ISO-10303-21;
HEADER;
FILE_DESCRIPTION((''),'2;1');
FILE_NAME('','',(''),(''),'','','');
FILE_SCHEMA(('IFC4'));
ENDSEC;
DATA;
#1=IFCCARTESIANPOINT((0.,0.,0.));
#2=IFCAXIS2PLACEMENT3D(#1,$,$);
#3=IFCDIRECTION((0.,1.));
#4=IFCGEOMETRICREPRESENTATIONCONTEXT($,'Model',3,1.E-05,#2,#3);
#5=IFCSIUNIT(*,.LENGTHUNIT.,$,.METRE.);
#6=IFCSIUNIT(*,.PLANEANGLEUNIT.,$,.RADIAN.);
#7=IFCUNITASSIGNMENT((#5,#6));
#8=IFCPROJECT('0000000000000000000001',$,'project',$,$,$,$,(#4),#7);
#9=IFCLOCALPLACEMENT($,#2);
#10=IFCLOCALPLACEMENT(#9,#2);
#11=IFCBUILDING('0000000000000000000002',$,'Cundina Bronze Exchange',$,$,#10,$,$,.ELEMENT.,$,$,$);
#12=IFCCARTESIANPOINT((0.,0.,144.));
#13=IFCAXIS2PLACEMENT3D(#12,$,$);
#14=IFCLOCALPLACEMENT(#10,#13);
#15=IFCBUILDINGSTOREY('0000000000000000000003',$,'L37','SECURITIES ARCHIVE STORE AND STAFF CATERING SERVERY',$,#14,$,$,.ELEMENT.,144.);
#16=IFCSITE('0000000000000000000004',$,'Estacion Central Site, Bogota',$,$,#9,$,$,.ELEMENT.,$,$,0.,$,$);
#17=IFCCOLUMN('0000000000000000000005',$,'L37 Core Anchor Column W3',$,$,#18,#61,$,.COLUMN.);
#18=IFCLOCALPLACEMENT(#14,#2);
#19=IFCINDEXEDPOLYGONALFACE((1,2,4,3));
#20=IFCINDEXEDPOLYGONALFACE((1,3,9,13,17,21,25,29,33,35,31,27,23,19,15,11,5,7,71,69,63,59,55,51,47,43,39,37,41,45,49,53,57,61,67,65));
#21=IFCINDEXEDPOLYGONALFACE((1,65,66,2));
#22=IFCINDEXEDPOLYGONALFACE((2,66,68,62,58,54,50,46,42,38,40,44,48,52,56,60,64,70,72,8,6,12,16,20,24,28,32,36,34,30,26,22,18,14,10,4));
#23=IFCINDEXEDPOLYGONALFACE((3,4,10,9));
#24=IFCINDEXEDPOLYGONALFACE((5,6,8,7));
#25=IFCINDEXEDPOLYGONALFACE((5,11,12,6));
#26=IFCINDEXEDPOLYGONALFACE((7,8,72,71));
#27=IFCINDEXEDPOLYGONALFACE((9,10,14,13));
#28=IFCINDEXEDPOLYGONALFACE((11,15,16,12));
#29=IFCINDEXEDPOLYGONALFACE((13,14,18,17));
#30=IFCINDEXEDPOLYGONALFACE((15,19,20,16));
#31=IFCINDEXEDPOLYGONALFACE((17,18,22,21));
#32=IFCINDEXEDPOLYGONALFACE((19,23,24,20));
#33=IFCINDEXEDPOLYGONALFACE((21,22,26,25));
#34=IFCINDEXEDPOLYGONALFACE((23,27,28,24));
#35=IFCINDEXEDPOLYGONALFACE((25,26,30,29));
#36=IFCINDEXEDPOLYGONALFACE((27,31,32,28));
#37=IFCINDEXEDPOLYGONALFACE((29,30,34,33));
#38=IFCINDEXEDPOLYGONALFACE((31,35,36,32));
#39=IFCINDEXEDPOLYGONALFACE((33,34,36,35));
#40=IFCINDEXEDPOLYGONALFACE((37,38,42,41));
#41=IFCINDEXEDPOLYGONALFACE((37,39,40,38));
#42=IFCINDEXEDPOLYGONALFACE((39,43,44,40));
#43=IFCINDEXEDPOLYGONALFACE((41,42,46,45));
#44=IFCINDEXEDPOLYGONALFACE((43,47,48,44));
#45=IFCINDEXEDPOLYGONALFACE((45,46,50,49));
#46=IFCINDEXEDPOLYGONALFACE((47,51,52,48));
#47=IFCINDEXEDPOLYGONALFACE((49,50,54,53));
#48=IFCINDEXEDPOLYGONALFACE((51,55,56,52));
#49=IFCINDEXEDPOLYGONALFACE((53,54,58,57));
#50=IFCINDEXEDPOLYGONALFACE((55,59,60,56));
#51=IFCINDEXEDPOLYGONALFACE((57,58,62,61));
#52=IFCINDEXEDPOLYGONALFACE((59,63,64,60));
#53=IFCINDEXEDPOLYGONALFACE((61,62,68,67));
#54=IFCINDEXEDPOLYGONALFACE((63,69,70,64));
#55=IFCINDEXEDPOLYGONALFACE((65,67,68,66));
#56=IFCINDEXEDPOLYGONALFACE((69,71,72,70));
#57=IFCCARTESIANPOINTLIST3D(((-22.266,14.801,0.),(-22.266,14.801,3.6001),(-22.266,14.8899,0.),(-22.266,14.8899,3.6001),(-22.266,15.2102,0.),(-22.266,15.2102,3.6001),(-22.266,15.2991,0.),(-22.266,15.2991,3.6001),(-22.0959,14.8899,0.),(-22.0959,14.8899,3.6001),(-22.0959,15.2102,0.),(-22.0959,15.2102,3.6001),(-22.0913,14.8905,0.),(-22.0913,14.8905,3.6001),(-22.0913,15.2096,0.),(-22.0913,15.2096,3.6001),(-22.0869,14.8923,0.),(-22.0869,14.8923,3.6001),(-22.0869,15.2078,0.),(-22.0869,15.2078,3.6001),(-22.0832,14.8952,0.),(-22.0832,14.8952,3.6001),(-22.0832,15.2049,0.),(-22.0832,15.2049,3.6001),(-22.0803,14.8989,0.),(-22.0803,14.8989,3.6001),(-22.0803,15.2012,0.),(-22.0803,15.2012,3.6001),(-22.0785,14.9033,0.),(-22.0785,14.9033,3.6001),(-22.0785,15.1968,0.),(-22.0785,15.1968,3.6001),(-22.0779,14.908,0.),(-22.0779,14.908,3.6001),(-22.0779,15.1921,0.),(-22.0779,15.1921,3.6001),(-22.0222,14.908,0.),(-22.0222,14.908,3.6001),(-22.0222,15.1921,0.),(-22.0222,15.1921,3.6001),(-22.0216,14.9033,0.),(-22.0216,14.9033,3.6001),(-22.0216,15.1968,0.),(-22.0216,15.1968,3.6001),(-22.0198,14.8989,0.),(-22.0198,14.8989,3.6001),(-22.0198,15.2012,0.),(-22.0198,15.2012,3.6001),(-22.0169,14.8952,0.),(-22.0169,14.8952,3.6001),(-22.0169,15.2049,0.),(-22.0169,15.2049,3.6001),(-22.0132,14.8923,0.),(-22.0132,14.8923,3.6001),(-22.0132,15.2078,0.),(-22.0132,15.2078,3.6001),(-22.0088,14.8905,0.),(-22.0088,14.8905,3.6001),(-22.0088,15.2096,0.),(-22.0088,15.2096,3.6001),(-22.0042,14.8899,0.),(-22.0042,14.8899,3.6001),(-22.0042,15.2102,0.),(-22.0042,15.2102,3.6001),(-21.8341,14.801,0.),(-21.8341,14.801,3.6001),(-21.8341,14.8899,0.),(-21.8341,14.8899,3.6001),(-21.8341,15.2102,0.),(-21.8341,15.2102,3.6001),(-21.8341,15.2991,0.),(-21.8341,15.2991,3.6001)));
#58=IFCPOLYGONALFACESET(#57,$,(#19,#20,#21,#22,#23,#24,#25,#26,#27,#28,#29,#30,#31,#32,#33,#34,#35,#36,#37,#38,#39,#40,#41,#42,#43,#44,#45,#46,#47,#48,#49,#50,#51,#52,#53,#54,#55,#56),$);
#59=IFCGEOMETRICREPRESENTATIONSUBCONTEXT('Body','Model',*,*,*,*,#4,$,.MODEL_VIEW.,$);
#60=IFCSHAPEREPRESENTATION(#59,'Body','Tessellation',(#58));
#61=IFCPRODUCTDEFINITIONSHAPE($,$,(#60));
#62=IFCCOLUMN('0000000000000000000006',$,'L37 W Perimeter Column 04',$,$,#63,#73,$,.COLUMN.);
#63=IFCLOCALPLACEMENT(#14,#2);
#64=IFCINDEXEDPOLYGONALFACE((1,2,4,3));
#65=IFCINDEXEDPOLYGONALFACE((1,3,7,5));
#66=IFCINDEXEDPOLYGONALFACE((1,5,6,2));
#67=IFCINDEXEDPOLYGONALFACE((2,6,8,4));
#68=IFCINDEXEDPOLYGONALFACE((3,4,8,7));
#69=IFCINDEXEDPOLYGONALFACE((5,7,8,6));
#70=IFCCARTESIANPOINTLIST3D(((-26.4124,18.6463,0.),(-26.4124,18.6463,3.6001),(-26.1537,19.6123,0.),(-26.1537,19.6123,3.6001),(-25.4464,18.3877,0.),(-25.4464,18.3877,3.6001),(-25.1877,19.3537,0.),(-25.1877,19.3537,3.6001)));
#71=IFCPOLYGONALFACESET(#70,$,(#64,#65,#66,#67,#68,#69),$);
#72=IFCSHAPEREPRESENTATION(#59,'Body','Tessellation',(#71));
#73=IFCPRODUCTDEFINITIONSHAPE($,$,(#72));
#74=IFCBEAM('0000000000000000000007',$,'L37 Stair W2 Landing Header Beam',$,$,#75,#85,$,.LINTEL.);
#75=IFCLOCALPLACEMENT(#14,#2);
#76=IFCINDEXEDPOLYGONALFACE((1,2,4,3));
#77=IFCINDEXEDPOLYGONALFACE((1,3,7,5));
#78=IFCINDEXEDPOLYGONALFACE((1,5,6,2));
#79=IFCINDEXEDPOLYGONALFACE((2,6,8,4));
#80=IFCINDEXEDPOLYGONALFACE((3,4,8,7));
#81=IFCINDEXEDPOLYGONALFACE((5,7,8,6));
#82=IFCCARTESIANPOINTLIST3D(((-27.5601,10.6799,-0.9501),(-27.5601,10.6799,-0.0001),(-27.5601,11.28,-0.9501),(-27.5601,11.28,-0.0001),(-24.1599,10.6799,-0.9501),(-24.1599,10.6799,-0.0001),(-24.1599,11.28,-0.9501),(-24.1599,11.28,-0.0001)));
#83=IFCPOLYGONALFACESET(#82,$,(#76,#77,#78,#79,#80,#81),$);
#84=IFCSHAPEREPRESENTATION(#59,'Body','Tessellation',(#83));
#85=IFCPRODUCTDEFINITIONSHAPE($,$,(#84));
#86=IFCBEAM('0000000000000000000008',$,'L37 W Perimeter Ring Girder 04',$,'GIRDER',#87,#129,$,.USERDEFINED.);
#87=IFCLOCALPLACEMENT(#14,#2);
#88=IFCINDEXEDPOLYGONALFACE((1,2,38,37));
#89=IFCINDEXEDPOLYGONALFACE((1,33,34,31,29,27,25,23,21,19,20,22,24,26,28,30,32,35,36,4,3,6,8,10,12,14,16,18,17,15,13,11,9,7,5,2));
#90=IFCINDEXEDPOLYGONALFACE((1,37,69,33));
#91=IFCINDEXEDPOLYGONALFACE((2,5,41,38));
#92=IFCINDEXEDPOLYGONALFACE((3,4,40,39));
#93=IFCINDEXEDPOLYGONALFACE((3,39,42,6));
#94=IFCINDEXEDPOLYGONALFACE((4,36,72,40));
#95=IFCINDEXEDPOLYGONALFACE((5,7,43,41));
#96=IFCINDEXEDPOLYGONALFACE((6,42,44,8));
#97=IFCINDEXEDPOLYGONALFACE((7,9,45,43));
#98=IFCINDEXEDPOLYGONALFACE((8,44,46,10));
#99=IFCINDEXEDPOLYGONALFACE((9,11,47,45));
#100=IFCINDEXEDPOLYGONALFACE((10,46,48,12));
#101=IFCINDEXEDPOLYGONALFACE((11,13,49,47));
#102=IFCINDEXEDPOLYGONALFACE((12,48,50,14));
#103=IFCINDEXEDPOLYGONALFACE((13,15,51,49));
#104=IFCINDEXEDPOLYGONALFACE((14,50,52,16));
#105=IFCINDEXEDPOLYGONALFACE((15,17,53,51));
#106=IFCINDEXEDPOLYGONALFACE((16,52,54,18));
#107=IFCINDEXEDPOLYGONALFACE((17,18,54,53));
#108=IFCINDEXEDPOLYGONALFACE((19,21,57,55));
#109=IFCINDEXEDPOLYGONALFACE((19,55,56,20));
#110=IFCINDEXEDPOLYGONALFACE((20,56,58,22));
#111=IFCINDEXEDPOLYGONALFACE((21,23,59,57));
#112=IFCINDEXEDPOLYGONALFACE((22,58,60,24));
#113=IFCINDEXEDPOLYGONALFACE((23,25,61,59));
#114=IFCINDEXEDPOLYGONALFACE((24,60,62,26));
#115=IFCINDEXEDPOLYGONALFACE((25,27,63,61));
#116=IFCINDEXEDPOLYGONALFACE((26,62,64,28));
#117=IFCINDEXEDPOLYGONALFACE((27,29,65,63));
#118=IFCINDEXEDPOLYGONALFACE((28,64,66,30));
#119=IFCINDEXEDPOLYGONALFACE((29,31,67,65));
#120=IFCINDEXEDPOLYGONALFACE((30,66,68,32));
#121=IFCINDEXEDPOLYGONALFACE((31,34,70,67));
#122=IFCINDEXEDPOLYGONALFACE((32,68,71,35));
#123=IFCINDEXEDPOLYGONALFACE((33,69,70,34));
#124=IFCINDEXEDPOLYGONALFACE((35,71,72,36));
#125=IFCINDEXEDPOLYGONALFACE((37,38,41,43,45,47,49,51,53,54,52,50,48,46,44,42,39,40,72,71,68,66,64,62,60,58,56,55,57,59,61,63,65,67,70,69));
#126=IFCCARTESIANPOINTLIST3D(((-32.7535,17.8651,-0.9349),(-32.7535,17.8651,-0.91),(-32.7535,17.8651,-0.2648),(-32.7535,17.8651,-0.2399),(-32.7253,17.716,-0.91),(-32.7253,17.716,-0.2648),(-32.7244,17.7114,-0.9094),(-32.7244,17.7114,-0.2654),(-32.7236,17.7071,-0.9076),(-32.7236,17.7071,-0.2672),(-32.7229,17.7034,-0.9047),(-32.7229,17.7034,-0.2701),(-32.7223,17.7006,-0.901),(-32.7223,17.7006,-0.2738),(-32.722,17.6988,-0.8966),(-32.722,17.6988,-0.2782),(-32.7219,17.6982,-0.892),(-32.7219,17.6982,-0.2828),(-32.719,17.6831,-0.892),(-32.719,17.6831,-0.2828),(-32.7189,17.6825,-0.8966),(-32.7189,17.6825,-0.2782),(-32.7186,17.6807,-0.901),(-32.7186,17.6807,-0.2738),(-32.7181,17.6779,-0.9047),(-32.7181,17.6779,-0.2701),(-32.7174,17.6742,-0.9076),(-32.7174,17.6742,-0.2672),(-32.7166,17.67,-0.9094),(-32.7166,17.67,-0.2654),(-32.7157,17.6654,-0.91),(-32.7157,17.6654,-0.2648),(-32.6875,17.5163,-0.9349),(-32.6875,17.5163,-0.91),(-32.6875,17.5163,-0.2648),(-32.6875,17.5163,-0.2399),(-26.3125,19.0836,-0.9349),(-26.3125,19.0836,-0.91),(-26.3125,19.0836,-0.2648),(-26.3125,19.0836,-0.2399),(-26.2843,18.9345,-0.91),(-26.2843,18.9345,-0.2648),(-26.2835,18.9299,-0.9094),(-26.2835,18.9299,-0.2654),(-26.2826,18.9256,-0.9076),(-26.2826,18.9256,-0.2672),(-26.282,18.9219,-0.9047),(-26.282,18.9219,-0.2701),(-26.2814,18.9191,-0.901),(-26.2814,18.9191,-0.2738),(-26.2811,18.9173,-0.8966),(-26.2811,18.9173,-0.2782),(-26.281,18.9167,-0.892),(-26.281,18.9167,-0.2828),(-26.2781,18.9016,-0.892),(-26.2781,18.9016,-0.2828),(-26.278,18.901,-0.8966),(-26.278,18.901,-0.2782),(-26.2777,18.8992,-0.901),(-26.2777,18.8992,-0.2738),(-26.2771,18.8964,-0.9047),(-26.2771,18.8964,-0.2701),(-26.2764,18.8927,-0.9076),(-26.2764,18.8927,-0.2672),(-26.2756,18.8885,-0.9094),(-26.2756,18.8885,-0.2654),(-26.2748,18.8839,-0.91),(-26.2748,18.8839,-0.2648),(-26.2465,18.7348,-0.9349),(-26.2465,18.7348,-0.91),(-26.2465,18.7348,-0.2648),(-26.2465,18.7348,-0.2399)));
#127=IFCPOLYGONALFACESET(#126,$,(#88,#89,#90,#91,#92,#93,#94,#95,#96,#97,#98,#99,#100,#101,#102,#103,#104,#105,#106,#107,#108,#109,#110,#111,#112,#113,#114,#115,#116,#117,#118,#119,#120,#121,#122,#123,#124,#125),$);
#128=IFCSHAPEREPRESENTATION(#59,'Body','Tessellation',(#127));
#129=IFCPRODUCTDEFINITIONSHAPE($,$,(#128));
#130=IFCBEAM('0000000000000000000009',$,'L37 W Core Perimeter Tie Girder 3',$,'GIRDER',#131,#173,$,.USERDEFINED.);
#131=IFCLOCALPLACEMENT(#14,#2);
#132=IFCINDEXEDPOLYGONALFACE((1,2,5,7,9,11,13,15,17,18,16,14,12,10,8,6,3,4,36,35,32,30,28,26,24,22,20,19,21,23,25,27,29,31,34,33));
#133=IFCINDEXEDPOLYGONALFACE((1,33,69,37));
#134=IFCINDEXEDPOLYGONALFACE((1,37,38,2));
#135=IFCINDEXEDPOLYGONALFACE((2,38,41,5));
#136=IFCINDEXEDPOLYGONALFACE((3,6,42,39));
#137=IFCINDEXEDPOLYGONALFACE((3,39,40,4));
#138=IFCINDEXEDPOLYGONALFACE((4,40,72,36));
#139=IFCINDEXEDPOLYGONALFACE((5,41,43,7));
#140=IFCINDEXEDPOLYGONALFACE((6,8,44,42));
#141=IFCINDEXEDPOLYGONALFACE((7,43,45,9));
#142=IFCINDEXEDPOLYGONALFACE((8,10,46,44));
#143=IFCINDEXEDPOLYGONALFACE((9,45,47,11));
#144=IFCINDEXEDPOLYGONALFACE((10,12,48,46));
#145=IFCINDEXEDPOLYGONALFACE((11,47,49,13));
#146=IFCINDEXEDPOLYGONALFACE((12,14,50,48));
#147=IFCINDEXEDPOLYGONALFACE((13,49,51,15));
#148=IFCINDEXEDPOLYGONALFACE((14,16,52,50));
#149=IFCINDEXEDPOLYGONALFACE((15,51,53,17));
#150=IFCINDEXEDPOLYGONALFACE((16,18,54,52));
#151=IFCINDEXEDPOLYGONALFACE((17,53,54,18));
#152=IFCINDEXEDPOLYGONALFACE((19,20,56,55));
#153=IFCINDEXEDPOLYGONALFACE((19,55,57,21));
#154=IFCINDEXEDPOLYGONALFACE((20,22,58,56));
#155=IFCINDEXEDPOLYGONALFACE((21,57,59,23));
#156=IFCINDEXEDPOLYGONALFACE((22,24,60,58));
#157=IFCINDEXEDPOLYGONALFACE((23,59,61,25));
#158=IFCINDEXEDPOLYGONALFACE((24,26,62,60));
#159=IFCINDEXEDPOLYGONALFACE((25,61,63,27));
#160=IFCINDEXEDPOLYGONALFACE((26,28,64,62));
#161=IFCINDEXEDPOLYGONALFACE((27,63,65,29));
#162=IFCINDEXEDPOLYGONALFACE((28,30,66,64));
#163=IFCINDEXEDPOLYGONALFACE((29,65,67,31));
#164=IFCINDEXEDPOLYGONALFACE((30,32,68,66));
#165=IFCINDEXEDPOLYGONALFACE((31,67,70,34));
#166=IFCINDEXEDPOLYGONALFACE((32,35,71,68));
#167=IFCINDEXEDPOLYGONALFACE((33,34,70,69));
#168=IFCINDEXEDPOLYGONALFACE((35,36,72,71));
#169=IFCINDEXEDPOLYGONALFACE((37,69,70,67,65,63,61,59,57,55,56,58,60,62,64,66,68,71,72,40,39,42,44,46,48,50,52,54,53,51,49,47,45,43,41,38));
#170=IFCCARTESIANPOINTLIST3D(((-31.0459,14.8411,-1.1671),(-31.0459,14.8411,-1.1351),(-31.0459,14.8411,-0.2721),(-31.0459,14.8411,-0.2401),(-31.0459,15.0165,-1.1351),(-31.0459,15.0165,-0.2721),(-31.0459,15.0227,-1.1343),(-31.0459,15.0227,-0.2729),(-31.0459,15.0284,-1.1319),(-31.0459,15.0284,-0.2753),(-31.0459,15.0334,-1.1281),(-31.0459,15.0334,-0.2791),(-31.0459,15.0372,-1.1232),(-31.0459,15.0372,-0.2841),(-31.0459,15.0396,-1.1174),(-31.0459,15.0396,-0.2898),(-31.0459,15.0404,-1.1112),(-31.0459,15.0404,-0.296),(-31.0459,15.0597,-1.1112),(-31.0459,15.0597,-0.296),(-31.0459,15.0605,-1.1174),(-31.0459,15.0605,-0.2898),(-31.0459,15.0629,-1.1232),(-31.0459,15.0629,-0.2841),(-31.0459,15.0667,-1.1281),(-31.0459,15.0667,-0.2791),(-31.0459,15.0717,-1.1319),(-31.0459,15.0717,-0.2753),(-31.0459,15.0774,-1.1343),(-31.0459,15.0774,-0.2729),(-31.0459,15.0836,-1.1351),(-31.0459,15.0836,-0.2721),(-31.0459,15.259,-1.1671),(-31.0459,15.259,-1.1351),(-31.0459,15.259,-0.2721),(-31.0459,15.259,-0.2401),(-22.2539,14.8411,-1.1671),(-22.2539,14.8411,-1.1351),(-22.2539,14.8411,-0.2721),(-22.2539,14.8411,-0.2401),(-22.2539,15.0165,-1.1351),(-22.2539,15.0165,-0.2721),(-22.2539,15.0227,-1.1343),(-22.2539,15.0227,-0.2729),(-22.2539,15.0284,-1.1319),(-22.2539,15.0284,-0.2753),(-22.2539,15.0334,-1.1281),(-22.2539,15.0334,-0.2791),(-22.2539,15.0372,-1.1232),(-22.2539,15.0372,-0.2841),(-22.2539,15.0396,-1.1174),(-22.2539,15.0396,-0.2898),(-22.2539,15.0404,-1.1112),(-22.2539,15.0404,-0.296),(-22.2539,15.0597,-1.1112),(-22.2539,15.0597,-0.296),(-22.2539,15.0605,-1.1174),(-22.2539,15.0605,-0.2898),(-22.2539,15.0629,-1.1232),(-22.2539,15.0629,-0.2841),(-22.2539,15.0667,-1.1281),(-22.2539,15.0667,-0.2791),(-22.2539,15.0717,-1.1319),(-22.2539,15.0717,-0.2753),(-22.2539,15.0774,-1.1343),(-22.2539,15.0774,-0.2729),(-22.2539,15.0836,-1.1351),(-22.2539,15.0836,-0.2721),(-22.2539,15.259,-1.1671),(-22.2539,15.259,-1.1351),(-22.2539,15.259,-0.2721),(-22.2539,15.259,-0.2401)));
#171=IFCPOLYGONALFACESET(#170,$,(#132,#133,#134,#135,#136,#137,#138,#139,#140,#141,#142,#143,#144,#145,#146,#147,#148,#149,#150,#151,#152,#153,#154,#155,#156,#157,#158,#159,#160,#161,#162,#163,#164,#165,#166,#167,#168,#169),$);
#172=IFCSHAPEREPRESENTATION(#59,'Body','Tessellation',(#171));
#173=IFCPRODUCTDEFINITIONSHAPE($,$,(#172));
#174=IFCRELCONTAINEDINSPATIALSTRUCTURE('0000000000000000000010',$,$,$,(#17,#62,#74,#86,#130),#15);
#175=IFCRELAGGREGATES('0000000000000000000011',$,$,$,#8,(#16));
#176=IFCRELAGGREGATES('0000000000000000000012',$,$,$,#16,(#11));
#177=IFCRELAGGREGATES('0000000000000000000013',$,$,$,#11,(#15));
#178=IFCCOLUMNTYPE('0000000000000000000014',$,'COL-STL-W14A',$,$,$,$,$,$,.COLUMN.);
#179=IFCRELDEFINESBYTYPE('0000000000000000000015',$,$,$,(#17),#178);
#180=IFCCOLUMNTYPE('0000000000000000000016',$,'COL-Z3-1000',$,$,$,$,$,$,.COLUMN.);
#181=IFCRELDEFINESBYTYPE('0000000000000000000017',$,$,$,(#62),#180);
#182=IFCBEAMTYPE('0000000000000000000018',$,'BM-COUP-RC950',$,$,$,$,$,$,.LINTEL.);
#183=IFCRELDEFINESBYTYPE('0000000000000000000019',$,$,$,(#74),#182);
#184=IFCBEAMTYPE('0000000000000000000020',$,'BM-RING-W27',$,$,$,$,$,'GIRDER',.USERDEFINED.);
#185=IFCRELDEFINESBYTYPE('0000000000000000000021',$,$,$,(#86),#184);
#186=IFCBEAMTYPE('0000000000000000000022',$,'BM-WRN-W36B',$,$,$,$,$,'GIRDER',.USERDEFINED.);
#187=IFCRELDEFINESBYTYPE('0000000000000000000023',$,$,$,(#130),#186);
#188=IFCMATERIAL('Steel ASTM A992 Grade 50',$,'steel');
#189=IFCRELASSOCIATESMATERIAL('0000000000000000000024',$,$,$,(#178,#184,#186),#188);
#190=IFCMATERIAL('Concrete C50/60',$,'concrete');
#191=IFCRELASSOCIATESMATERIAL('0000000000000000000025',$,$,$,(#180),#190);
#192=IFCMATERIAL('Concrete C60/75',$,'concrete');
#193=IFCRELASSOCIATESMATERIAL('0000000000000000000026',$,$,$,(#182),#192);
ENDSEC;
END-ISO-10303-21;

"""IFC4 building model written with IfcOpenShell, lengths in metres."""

from ifc_helpers import new_model, si_unit, direction, frame, origin, origin_2d, place, context, subcontext, project, spatial, rectangle, i_section, extrude, material, material_profile, profile_set, type_object, element, save


model = new_model("IFC4")

# Units and contexts
model_context = context("Model", 3, precision=1e-05, world=origin(), true_north=direction((0.0, 1.0)))
body_context = subcontext(model_context, "Body", "Model", "MODEL_VIEW")
ifc_project = project(units=[si_unit("LENGTHUNIT", "METRE"), si_unit("PLANEANGLEUNIT", "RADIAN")], contexts=[model_context])

# Site, building, storey
site_placement = place(None, origin())
site = spatial("IfcSite", under=ifc_project, at=site_placement, Name="Estacion Central Site, Bogota", CompositionType="ELEMENT", RefElevation=0.0)
building_placement = place(site_placement, origin())
building = spatial("IfcBuilding", under=site, at=building_placement, Name="Cundina Bronze Exchange", CompositionType="ELEMENT")
storey_placement = place(building_placement, frame((0.0, 0.0, 144.0)))
storey = spatial("IfcBuildingStorey", under=building, at=storey_placement, Name="L37", Description="SECURITIES ARCHIVE STORE AND STAFF CATERING SERVERY", CompositionType="ELEMENT", Elevation=144.0)

# Columns
ifc_material_1 = material(Name="Steel ASTM A992 Grade 50", Category="steel")
ifc_material_profile_1 = material_profile(ifc_material_1, i_section(OverallWidth=0.4319, OverallDepth=0.498, WebThickness=0.0557, FlangeThickness=0.0889, FilletRadius=0.0181, at=origin_2d()), Name="W14X500", Category="steel")
ifc_profile_set_1 = profile_set([ifc_material_profile_1], Name="Steel ASTM A992 Grade 50")
column_type_1 = type_object("IfcColumnType", Name="COL-STL-W14A", PredefinedType="COLUMN", material=ifc_profile_set_1)
column_1_placement = place(storey_placement, frame((-22.05, 15.05, 0.0), z_axis=(0.0, 0.0, 1.0), x_axis=(1.0, 0.0, 0.0)))
element("IfcColumn", 1, at=column_1_placement, inside=storey, type_object=column_type_1, Name="L37 Core Anchor Column W3", PredefinedType="COLUMN", context=body_context, shape_type="SweptSolid", body=[
    extrude(i_section(OverallWidth=0.4319, OverallDepth=0.498, WebThickness=0.0557, FlangeThickness=0.0889, FilletRadius=0.0181, at=origin_2d()), origin(), (0.0, 0.0, 1.0), 3.6001),
])
ifc_material_2 = material(Name="Concrete C50/60", Category="concrete")
ifc_material_profile_2 = material_profile(ifc_material_2, rectangle(XDim=1.0, YDim=1.0, at=origin_2d()), Name="RC1000X1000", Category="concrete")
ifc_profile_set_2 = profile_set([ifc_material_profile_2], Name="Concrete C50/60")
column_type_2 = type_object("IfcColumnType", Name="COL-Z3-1000", PredefinedType="COLUMN", material=ifc_profile_set_2)
column_2_placement = place(storey_placement, frame((-25.8, 19.0, 0.0), z_axis=(0.0, 0.0, 1.0), x_axis=(-0.965971, 0.25865, 0.0)))
element("IfcColumn", 2, at=column_2_placement, inside=storey, type_object=column_type_2, Name="L37 W Perimeter Column 04", PredefinedType="COLUMN", context=body_context, shape_type="SweptSolid", body=[
    extrude(rectangle(XDim=1.0, YDim=1.0, at=origin_2d()), origin(), (0.0, 0.0, 1.0), 3.6001),
])

# Beams
ifc_material_3 = material(Name="Concrete C60/75", Category="concrete")
ifc_material_profile_3 = material_profile(ifc_material_3, rectangle(XDim=0.6001, YDim=0.95, at=origin_2d()), Name="RC600X950", Category="concrete")
ifc_profile_set_3 = profile_set([ifc_material_profile_3], Name="Concrete C60/75")
beam_type_1 = type_object("IfcBeamType", Name="BM-COUP-RC950", PredefinedType="LINTEL", material=ifc_profile_set_3)
beam_1_placement = place(storey_placement, frame((-27.5601, 10.98, -0.4751), z_axis=(1.0, 0.0, 0.0), x_axis=(0.0, 1.0, 0.0)))
element("IfcBeam", 3, at=beam_1_placement, inside=storey, type_object=beam_type_1, Name="L37 Stair W2 Landing Header Beam", PredefinedType="LINTEL", context=body_context, shape_type="SweptSolid", body=[
    extrude(rectangle(XDim=0.6001, YDim=0.95, at=origin_2d()), origin(), (0.0, 0.0, 1.0), 3.4001),
])
ifc_material_profile_4 = material_profile(ifc_material_1, i_section(OverallWidth=0.355, OverallDepth=0.6951, WebThickness=0.0154, FlangeThickness=0.0249, FilletRadius=0.0181, at=origin_2d()), Name="W27X146", Category="steel")
ifc_profile_set_4 = profile_set([ifc_material_profile_4], Name="Steel ASTM A992 Grade 50")
beam_type_2 = type_object("IfcBeamType", Name="BM-RING-W27", ElementType="GIRDER", PredefinedType="USERDEFINED", material=ifc_profile_set_4)
beam_2_placement = place(storey_placement, frame((-26.2795, 18.9092, -0.5874), z_axis=(-0.982572, -0.185885, 0.0), x_axis=(0.185885, -0.982572, 0.0)))
element("IfcBeam", 4, at=beam_2_placement, inside=storey, type_object=beam_type_2, Name="L37 W Perimeter Ring Girder 04", ObjectType="GIRDER", PredefinedType="USERDEFINED", context=body_context, shape_type="SweptSolid", body=[
    extrude(i_section(OverallWidth=0.355, OverallDepth=0.6951, WebThickness=0.0154, FlangeThickness=0.0249, FilletRadius=0.0181, at=origin_2d()), origin(), (0.0, 0.0, 1.0), 6.5552),
])
ifc_material_profile_5 = material_profile(ifc_material_1, i_section(OverallWidth=0.418, OverallDepth=0.927, WebThickness=0.0193, FlangeThickness=0.032, FilletRadius=0.0239, at=origin_2d()), Name="W36X231", Category="steel")
ifc_profile_set_5 = profile_set([ifc_material_profile_5], Name="Steel ASTM A992 Grade 50")
beam_type_3 = type_object("IfcBeamType", Name="BM-WRN-W36B", ElementType="GIRDER", PredefinedType="USERDEFINED", material=ifc_profile_set_5)
beam_3_placement = place(storey_placement, frame((-22.2539, 15.05, -0.7036), z_axis=(-1.0, 0.0, 0.0), x_axis=(0.0, -1.0, 0.0)))
element("IfcBeam", 5, at=beam_3_placement, inside=storey, type_object=beam_type_3, Name="L37 W Core Perimeter Tie Girder 3", ObjectType="GIRDER", PredefinedType="USERDEFINED", context=body_context, shape_type="SweptSolid", body=[
    extrude(i_section(OverallWidth=0.418, OverallDepth=0.927, WebThickness=0.0193, FlangeThickness=0.032, FilletRadius=0.0239, at=origin_2d()), origin(), (0.0, 0.0, 1.0), 8.792),
])

save(model, "model.ifc")
